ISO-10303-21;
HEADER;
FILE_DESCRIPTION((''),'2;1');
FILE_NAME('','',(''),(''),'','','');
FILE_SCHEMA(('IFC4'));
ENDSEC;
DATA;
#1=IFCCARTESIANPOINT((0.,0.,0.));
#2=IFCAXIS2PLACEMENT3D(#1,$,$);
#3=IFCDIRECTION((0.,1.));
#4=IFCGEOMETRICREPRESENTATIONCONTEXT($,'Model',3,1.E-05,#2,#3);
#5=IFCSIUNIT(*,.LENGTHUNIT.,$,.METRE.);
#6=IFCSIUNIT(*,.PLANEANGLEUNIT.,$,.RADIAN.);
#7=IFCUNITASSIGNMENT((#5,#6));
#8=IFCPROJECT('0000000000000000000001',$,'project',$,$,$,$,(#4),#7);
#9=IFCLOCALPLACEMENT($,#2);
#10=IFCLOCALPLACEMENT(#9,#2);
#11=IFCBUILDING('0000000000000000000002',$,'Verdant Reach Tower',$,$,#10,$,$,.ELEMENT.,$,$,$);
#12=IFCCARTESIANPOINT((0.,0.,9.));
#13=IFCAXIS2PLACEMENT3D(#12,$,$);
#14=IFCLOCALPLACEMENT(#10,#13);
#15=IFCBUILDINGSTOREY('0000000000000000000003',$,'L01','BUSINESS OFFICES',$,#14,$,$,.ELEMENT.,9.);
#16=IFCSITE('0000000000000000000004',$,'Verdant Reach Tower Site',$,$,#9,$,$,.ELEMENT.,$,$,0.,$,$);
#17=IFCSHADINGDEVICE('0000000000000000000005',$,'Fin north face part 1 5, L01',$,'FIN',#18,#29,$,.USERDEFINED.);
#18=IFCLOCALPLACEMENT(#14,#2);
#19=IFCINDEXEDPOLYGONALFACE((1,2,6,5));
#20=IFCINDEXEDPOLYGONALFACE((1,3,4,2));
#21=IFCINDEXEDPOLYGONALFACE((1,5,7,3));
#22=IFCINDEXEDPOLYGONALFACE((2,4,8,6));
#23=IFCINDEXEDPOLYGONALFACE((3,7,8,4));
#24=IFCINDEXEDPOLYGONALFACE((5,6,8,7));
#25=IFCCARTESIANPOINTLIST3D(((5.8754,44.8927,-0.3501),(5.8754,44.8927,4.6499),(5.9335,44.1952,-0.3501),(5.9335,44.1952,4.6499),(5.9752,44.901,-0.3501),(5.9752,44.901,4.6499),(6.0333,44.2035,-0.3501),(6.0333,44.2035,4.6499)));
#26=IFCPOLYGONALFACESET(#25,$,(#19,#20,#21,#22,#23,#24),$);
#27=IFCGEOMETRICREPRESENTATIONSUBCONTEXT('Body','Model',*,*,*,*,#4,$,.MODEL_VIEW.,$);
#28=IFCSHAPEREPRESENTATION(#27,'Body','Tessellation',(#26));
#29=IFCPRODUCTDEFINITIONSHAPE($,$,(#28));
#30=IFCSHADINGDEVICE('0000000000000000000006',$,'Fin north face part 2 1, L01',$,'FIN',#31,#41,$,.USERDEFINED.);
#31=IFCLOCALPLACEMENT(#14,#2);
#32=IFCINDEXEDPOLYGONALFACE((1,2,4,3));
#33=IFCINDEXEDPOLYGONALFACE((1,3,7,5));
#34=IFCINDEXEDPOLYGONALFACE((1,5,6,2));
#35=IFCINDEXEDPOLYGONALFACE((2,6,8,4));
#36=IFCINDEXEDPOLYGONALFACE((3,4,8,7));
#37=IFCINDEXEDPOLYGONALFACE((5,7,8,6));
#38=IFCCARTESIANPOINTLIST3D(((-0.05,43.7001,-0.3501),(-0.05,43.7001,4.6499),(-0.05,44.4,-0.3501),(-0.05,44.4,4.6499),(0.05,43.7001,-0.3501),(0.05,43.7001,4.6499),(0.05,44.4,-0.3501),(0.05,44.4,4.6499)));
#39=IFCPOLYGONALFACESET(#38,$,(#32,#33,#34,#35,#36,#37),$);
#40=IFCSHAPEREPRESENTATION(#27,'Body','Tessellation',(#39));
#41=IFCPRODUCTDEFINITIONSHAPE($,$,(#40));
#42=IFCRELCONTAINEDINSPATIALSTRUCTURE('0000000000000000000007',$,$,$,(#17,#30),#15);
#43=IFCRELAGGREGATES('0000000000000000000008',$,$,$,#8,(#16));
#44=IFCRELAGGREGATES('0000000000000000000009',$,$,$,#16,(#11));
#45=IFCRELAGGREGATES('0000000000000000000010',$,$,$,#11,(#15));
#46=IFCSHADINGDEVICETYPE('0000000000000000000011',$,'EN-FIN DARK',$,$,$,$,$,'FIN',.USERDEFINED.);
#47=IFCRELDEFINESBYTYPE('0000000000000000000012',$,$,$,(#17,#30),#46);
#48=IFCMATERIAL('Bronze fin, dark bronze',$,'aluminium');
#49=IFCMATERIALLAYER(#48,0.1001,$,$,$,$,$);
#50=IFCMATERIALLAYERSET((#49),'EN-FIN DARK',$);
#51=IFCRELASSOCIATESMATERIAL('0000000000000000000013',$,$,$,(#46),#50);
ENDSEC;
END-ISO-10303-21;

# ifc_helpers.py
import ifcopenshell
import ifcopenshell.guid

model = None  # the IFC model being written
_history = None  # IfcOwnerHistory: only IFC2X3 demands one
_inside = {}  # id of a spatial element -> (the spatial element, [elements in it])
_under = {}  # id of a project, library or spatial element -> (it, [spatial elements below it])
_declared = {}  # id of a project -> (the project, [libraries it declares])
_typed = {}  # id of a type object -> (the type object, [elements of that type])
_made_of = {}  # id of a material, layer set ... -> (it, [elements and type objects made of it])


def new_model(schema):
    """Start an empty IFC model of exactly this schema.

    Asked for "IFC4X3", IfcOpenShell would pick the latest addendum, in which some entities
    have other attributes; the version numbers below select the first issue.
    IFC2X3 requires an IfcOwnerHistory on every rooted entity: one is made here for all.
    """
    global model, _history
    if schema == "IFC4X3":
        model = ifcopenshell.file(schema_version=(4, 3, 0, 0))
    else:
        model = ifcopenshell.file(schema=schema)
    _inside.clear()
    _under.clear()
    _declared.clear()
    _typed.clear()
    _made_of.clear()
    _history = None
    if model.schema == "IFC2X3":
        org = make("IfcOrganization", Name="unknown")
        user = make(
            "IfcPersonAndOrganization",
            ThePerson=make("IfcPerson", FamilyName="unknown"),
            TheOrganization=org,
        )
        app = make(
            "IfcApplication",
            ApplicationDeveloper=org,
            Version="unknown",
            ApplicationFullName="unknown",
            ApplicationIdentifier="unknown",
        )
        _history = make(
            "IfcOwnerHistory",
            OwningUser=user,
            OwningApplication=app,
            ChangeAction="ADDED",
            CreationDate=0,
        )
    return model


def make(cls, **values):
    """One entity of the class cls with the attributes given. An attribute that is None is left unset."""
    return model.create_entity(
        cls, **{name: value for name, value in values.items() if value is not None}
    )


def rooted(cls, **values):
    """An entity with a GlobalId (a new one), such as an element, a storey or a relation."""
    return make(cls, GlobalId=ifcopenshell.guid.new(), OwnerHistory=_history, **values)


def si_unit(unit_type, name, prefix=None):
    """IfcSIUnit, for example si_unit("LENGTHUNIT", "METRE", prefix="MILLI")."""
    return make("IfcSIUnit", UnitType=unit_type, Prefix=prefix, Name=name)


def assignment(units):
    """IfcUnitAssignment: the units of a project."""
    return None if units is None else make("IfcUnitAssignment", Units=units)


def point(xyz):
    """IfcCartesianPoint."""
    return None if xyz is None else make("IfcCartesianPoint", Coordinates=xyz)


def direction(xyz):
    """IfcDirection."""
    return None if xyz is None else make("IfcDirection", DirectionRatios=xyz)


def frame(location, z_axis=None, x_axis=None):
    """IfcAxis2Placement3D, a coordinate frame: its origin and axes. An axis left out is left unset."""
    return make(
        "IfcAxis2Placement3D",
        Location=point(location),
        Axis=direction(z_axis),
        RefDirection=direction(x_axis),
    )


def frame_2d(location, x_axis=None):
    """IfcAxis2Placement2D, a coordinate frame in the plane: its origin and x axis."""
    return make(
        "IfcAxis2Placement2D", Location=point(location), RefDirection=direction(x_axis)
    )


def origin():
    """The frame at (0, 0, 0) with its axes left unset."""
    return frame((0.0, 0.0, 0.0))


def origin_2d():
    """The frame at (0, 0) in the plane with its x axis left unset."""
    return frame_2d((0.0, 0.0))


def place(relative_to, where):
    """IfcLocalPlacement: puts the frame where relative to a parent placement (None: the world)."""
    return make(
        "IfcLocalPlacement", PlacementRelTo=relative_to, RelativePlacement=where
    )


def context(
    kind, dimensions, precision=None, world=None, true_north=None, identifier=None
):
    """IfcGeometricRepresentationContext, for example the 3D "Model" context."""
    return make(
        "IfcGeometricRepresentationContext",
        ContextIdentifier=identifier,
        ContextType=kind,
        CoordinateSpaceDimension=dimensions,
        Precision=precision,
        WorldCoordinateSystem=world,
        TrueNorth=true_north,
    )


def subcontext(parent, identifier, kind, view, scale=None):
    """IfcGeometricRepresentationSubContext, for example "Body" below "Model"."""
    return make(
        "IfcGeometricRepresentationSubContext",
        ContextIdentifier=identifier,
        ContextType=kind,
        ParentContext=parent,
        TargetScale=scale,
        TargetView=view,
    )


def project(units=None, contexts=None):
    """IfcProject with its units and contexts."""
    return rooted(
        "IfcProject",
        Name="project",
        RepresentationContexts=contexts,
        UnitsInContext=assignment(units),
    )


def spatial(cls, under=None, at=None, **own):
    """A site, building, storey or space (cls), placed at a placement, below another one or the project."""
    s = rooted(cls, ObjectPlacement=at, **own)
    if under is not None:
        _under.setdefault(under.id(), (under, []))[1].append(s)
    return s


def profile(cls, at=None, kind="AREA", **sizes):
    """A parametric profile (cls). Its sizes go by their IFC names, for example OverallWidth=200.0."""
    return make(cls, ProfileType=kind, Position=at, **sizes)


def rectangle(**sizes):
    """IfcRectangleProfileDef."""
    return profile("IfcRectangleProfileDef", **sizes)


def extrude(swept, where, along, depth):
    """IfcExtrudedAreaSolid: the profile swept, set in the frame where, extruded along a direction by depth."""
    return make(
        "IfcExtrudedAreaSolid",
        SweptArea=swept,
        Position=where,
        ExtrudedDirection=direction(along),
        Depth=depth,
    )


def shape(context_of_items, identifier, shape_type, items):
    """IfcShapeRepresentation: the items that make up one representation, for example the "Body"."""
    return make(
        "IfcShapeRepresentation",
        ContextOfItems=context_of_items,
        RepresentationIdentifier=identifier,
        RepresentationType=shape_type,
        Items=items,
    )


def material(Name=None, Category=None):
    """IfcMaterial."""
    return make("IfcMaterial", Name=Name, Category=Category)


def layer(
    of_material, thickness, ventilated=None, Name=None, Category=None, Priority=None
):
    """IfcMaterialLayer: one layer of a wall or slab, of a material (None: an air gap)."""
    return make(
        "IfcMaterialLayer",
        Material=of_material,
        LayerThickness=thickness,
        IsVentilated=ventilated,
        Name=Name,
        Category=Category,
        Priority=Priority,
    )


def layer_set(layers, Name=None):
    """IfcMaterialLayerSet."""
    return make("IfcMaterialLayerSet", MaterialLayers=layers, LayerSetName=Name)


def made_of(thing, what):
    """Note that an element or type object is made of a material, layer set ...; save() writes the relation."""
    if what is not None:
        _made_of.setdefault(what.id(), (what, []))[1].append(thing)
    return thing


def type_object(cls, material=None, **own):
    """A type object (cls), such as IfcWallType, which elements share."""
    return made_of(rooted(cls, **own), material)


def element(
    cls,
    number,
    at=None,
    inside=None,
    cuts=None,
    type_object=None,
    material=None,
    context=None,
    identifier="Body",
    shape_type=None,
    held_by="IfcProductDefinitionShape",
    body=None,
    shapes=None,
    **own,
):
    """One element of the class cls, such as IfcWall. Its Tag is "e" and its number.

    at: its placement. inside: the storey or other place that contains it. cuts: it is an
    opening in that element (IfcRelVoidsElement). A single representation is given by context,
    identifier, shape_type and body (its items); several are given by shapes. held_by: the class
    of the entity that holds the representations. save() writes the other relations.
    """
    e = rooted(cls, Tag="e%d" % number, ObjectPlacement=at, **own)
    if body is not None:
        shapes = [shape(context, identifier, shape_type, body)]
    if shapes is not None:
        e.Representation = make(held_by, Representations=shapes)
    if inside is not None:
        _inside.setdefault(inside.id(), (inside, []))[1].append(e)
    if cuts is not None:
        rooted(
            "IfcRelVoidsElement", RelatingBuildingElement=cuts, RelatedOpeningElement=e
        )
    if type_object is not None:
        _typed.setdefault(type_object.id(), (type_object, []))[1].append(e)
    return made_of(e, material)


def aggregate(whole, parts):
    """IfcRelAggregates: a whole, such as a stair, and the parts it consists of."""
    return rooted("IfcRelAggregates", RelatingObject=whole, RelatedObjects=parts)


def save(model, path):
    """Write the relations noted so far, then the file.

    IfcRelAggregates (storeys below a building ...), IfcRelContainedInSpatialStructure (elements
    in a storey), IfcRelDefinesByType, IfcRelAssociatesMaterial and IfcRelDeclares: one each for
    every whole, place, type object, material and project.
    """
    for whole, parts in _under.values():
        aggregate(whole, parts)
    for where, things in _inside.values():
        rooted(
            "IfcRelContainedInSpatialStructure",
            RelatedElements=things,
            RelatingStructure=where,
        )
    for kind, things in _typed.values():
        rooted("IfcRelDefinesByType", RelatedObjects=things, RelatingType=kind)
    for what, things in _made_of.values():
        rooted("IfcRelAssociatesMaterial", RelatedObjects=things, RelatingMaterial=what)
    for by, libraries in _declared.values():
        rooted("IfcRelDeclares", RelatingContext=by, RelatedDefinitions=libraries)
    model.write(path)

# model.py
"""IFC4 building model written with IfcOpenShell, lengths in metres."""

from ifc_helpers import new_model, si_unit, direction, frame, origin, origin_2d, place, context, subcontext, project, spatial, rectangle, extrude, material, layer, layer_set, type_object, element, save


model = new_model("IFC4")

# Units and contexts
model_context = context("Model", 3, precision=1e-05, world=origin(), true_north=direction((0.0, 1.0)))
body_context = subcontext(model_context, "Body", "Model", "MODEL_VIEW")
ifc_project = project(units=[si_unit("LENGTHUNIT", "METRE"), si_unit("PLANEANGLEUNIT", "RADIAN")], contexts=[model_context])

# Site, building, storey
site_placement = place(None, origin())
site = spatial("IfcSite", under=ifc_project, at=site_placement, Name="Verdant Reach Tower Site", CompositionType="ELEMENT", RefElevation=0.0)
building_placement = place(site_placement, origin())
building = spatial("IfcBuilding", under=site, at=building_placement, Name="Verdant Reach Tower", CompositionType="ELEMENT")
storey_placement = place(building_placement, frame((0.0, 0.0, 9.0)))
storey = spatial("IfcBuildingStorey", under=building, at=storey_placement, Name="L01", Description="BUSINESS OFFICES", CompositionType="ELEMENT", Elevation=9.0)

# Shading devices
ifc_material_1 = material(Name="Bronze fin, dark bronze", Category="aluminium")
ifc_layer_1 = layer(ifc_material_1, 0.1001)
ifc_layer_set_1 = layer_set([ifc_layer_1], Name="EN-FIN DARK")
shading_device_type_1 = type_object("IfcShadingDeviceType", Name="EN-FIN DARK", ElementType="FIN", PredefinedType="USERDEFINED", material=ifc_layer_set_1)
for number, where, z_axis, x_axis, name in (
    (1, (5.9543, 44.5481, -0.3501), (0.0, 0.0, 1.0), (-0.996546, -0.083045, 0.0), "Fin north face part 1 5, L01"),
    (2, (0.0, 44.05, -0.3501), (0.0, 0.0, 1.0), (-1.0, 0.0, 0.0), "Fin north face part 2 1, L01"),
):
    element("IfcShadingDevice", number, at=place(storey_placement, frame(where, z_axis=z_axis, x_axis=x_axis)), inside=storey, type_object=shading_device_type_1, Name=name, ObjectType="FIN", PredefinedType="USERDEFINED", context=body_context, shape_type="SweptSolid", body=[
        extrude(rectangle(XDim=0.1001, YDim=0.7, at=origin_2d()), origin(), (0.0, 0.0, 1.0), 5.0),
    ])

save(model, "model.ifc")
